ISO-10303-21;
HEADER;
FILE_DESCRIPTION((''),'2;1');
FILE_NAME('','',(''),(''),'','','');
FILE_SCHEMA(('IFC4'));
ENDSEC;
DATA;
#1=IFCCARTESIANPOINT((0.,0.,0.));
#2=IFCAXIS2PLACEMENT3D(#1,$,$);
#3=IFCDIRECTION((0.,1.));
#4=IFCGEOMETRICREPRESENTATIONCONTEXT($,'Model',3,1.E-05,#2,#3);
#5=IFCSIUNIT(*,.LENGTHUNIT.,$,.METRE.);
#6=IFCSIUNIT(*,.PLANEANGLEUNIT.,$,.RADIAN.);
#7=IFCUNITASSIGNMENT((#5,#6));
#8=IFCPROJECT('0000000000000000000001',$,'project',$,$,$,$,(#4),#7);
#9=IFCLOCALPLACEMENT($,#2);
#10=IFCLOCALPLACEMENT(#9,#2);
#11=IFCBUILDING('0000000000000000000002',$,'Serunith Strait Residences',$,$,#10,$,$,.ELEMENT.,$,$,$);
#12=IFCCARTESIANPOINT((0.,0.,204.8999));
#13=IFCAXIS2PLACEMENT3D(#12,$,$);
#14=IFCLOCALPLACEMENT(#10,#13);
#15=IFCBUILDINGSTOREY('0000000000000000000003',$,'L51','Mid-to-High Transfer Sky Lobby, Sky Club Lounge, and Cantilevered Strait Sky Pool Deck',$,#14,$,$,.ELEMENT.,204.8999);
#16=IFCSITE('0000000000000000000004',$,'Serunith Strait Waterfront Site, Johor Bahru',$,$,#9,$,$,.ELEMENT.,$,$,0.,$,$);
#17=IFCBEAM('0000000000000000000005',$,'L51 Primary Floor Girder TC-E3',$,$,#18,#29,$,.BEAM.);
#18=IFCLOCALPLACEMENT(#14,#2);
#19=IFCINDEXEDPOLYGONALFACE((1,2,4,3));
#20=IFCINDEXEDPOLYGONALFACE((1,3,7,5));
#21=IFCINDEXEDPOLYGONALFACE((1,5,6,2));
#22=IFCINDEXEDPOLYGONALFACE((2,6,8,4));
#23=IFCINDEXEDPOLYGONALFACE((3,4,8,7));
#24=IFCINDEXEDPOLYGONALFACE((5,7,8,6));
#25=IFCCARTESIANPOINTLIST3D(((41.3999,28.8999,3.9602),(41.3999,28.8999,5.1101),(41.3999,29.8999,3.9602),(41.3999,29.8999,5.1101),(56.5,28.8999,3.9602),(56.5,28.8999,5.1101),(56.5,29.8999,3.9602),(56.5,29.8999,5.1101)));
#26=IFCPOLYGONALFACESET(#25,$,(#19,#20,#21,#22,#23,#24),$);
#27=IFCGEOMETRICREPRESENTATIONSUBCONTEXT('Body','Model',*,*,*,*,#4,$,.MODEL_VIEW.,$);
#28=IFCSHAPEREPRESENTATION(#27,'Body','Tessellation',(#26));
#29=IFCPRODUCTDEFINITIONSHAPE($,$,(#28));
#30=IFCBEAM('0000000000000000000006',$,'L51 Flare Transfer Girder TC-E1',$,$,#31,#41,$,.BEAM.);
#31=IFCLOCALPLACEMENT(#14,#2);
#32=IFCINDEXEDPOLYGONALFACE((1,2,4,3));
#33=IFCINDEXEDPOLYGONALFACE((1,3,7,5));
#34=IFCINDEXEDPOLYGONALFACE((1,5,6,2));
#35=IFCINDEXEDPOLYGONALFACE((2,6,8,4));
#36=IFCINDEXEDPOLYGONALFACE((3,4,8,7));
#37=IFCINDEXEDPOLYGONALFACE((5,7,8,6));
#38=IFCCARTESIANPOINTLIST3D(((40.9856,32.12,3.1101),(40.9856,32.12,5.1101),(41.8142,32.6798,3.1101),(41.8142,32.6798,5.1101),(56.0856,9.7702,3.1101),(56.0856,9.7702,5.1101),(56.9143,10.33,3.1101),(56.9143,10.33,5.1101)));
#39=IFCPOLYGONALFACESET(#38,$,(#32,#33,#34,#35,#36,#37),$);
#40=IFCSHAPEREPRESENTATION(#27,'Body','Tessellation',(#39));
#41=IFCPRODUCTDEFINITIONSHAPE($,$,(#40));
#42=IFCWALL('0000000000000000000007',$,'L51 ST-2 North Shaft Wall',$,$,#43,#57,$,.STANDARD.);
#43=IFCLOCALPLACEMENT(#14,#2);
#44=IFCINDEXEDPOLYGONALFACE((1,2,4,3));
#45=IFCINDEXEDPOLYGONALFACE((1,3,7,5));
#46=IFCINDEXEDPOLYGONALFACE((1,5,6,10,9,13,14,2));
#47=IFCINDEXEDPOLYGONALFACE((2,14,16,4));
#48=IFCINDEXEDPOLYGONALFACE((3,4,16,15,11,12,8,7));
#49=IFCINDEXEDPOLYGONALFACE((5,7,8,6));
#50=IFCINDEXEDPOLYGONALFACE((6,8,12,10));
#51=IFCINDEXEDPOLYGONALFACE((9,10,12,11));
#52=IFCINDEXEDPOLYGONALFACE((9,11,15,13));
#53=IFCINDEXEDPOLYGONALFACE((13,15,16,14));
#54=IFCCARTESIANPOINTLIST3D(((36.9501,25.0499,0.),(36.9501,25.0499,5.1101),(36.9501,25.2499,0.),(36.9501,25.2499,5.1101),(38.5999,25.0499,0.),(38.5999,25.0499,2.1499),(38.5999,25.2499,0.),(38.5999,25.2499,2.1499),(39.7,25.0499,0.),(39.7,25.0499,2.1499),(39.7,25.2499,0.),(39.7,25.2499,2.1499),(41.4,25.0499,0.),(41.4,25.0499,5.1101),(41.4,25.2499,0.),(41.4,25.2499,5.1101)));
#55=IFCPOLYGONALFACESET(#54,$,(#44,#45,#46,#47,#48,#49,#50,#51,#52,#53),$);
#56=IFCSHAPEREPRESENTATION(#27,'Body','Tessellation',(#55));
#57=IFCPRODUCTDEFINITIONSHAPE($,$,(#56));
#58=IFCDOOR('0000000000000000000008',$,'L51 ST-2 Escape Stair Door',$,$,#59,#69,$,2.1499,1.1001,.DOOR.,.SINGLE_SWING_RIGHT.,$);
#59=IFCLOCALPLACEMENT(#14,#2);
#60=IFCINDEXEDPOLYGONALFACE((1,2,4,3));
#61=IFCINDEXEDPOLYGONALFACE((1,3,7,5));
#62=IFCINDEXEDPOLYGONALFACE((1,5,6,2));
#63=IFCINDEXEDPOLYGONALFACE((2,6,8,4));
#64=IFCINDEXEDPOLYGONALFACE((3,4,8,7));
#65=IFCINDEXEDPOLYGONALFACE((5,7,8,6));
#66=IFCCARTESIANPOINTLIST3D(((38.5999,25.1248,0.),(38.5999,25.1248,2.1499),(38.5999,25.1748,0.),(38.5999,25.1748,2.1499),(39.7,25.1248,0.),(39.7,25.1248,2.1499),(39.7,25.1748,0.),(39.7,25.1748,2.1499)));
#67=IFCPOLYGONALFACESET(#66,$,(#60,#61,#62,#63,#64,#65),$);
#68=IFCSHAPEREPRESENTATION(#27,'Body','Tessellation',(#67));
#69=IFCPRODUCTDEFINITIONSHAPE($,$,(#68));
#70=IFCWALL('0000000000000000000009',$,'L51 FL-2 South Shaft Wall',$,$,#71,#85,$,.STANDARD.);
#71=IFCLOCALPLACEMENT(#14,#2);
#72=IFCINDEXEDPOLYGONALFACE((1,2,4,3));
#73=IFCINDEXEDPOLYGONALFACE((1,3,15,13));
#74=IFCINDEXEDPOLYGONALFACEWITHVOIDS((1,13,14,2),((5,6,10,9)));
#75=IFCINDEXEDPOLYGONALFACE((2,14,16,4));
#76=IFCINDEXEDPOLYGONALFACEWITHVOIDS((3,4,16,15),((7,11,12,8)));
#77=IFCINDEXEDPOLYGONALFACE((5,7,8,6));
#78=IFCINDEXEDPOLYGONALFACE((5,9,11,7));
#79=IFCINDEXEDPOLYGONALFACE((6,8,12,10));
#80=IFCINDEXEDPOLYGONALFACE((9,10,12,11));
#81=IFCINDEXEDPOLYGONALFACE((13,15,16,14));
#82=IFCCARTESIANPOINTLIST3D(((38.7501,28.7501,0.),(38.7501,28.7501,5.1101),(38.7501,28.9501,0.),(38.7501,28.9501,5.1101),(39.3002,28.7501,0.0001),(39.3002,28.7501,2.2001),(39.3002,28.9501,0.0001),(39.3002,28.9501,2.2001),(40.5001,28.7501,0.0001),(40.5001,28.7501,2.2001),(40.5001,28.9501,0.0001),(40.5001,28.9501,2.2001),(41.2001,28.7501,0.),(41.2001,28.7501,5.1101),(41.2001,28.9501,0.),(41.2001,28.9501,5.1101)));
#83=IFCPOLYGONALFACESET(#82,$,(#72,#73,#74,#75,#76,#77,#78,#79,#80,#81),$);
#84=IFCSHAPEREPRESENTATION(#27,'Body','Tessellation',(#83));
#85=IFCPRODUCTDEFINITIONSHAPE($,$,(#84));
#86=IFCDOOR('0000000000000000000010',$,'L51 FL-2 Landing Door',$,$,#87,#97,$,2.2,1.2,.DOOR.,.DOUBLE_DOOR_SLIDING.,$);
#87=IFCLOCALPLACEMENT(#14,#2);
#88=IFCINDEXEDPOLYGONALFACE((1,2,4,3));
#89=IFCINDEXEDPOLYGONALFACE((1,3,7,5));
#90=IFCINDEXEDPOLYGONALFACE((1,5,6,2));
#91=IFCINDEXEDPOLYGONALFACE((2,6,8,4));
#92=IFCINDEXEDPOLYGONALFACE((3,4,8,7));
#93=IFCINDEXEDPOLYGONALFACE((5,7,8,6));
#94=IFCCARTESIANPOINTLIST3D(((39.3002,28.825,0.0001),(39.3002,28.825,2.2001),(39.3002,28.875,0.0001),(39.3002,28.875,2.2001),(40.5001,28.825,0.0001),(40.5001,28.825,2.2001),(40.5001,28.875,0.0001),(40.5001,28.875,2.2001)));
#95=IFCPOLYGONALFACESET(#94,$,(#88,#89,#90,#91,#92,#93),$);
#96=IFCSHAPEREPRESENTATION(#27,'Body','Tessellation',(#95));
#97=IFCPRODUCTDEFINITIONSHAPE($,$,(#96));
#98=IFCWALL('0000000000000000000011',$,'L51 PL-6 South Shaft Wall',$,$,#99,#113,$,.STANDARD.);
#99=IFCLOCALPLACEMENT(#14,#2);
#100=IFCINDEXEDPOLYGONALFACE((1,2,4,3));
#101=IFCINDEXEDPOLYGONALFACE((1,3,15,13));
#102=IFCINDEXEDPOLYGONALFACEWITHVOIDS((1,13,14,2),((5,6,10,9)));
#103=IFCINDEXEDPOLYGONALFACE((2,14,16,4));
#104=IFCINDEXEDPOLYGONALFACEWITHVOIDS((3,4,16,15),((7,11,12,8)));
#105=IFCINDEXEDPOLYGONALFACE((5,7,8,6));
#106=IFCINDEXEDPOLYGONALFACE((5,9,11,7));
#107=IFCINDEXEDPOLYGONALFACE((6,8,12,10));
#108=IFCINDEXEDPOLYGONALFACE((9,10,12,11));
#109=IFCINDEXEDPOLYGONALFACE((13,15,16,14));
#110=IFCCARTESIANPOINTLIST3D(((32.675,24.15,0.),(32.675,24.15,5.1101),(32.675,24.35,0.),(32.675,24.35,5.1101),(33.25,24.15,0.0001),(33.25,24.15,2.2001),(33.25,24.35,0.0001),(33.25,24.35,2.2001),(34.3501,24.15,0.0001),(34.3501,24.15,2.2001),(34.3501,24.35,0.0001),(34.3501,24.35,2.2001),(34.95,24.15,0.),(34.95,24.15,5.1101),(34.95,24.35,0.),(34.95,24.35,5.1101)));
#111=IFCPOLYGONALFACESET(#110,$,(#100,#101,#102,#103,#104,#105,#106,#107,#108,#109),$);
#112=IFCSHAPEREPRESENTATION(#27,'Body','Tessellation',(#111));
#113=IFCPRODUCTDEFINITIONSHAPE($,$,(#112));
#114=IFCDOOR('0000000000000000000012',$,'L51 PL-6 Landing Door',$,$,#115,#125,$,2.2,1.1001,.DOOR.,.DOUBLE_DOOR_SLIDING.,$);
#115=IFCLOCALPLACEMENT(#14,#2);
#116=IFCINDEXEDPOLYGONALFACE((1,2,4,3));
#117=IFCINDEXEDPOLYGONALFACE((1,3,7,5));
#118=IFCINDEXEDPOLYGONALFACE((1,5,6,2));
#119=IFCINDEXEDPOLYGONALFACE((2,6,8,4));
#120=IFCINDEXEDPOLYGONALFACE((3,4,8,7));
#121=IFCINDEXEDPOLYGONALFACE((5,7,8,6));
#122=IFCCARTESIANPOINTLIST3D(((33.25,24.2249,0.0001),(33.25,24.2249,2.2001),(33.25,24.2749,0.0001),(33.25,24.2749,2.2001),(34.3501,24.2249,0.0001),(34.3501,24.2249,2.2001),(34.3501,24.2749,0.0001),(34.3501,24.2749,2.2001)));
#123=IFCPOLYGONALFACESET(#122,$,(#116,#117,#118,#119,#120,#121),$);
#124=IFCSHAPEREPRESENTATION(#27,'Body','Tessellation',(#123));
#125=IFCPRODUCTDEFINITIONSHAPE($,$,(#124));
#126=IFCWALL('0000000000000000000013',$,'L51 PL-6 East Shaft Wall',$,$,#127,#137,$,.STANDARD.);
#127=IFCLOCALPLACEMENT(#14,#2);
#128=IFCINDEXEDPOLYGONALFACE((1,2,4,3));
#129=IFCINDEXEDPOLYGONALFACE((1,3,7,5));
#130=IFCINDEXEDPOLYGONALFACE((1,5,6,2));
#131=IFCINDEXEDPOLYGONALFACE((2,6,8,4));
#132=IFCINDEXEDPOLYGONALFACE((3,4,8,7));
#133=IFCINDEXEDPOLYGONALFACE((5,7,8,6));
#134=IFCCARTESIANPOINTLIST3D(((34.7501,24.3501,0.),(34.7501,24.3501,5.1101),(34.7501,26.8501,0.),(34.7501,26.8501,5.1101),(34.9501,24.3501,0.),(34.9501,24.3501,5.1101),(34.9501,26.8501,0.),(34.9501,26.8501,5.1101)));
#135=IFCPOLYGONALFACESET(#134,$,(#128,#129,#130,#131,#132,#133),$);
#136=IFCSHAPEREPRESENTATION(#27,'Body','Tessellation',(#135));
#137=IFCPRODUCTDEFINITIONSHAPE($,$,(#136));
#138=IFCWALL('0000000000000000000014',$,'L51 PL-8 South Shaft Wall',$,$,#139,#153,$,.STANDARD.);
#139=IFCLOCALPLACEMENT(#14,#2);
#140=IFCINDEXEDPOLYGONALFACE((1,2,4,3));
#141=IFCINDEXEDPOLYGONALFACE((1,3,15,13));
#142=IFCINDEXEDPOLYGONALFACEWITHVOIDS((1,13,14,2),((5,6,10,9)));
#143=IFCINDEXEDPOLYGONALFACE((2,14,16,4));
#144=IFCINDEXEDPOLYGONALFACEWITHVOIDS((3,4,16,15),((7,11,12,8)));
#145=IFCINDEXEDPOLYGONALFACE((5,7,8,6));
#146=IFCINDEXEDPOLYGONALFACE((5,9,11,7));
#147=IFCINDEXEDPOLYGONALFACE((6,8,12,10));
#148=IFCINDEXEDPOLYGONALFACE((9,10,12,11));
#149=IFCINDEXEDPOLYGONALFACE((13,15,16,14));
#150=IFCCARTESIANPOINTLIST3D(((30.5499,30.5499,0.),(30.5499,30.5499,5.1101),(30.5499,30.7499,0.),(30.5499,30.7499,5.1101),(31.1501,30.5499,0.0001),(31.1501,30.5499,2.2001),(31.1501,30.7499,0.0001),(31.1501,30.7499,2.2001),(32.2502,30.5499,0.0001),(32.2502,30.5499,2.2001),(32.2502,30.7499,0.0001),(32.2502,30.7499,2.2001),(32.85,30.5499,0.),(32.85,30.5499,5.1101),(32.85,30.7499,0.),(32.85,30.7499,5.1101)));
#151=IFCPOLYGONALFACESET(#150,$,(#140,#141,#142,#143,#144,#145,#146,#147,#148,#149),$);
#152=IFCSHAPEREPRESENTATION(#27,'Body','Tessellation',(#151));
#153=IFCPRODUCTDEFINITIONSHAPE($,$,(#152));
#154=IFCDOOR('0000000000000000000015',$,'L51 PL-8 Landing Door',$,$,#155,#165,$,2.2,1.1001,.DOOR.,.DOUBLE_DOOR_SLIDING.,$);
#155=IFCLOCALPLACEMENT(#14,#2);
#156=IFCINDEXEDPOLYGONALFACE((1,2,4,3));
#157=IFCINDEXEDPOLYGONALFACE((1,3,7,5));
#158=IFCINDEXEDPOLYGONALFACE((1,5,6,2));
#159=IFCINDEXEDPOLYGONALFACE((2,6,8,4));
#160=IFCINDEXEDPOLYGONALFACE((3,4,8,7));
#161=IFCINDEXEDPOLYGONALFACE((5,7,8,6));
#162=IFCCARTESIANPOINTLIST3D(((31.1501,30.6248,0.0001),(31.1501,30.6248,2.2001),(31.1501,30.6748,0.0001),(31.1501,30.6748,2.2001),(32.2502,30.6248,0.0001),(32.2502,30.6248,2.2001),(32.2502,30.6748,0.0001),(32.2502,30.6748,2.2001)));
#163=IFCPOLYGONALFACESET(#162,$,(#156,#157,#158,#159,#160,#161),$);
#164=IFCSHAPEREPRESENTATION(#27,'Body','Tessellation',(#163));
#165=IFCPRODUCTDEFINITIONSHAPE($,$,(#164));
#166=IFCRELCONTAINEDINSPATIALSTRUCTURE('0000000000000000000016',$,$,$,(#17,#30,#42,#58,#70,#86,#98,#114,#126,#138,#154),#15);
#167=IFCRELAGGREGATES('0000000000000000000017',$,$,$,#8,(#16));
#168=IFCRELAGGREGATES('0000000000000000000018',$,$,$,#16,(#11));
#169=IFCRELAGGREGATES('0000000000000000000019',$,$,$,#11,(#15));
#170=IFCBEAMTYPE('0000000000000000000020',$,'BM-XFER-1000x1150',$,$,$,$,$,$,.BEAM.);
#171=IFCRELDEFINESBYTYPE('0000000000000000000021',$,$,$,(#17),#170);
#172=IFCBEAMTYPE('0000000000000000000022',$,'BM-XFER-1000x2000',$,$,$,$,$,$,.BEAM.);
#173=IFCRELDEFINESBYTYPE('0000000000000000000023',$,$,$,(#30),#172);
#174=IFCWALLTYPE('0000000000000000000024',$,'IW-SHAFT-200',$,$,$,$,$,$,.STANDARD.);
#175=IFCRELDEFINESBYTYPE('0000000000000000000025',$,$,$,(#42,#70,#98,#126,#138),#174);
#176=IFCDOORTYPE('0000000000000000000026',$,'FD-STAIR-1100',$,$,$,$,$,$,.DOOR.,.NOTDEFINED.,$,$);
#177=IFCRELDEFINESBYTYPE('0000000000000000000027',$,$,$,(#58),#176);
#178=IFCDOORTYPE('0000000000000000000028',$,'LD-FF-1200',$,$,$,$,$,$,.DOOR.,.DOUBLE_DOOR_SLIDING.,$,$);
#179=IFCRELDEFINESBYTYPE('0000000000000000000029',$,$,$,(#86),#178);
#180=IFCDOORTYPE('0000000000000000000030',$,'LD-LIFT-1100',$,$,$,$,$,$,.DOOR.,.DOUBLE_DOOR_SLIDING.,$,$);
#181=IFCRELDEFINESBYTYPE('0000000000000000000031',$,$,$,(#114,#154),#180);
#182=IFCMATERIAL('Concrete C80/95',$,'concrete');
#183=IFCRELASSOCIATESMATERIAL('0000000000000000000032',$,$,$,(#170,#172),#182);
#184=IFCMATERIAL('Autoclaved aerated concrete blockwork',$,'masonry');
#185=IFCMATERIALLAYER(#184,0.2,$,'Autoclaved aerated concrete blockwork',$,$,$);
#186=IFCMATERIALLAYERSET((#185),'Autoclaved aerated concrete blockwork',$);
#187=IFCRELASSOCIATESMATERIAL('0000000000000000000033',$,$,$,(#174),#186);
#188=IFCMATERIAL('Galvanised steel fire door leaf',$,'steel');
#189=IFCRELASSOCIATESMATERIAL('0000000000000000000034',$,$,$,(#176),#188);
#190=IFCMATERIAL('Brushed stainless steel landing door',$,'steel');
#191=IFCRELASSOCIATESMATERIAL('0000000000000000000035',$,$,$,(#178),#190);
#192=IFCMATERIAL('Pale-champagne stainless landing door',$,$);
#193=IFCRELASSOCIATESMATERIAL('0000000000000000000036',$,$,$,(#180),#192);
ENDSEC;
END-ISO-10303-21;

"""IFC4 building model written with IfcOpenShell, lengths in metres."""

from ifc_helpers import new_model, si_unit, direction, frame, frame_2d, origin, origin_2d, place, context, subcontext, project, spatial, rectangle, extrude, source, transform, mapped, material, layer, layer_set, material_profile, profile_set, type_object, element, fill, save


model = new_model("IFC4")

# Units and contexts
model_context = context("Model", 3, precision=1e-05, world=origin(), true_north=direction((0.0, 1.0)))
body_context = subcontext(model_context, "Body", "Model", "MODEL_VIEW")
ifc_project = project(units=[si_unit("LENGTHUNIT", "METRE"), si_unit("PLANEANGLEUNIT", "RADIAN")], contexts=[model_context])

# Site, building, storey
site_placement = place(None, origin())
site = spatial("IfcSite", under=ifc_project, at=site_placement, Name="Serunith Strait Waterfront Site, Johor Bahru", CompositionType="ELEMENT", RefElevation=0.0)
building_placement = place(site_placement, origin())
building = spatial("IfcBuilding", under=site, at=building_placement, Name="Serunith Strait Residences", CompositionType="ELEMENT")
storey_placement = place(building_placement, frame((0.0, 0.0, 204.8999)))
storey = spatial("IfcBuildingStorey", under=building, at=storey_placement, Name="L51", Description="Mid-to-High Transfer Sky Lobby, Sky Club Lounge, and Cantilevered Strait Sky Pool Deck", CompositionType="ELEMENT", Elevation=204.8999)

# Beams
ifc_material_1 = material(Name="Concrete C80/95", Category="concrete")
ifc_material_profile_1 = material_profile(ifc_material_1, rectangle(XDim=1.0, YDim=1.1499, at=origin_2d()), Name="RC 1000x1150")
ifc_profile_set_1 = profile_set([ifc_material_profile_1], Name="Concrete C80/95")
beam_type_1 = type_object("IfcBeamType", Name="BM-XFER-1000x1150", PredefinedType="BEAM", material=ifc_profile_set_1)
shared_shape_1 = source(origin(), body_context, "Body", "SweptSolid", [
    extrude(rectangle(XDim=1.0, YDim=1.1499, at=origin_2d()), origin(), (0.0, 0.0, 1.0), 15.1001),
])
beam_1_placement = place(storey_placement, frame((41.3999, 29.3999, 4.5352), z_axis=(1.0, 0.0, 0.0), x_axis=(0.0, 1.0, 0.0)))
element("IfcBeam", 1, at=beam_1_placement, inside=storey, type_object=beam_type_1, Name="L51 Primary Floor Girder TC-E3", PredefinedType="BEAM", context=body_context, shape_type="MappedRepresentation", body=[
    mapped(shared_shape_1, transform((0.0, 0.0, 0.0), scale=1.0)),
])
ifc_material_profile_2 = material_profile(ifc_material_1, rectangle(XDim=1.0, YDim=2.0, at=origin_2d()), Name="RC 1000x2000")
ifc_profile_set_2 = profile_set([ifc_material_profile_2], Name="Concrete C80/95")
beam_type_2 = type_object("IfcBeamType", Name="BM-XFER-1000x2000", PredefinedType="BEAM", material=ifc_profile_set_2)
shared_shape_2 = source(origin(), body_context, "Body", "SweptSolid", [
    extrude(rectangle(XDim=1.0, YDim=2.0, at=origin_2d()), origin(), (0.0, 0.0, 1.0), 26.9727),
])
beam_2_placement = place(storey_placement, frame((41.3999, 32.3999, 4.1101), z_axis=(0.559828, -0.828609, 0.0), x_axis=(0.828609, 0.559828, 0.0)))
element("IfcBeam", 2, at=beam_2_placement, inside=storey, type_object=beam_type_2, Name="L51 Flare Transfer Girder TC-E1", PredefinedType="BEAM", context=body_context, shape_type="MappedRepresentation", body=[
    mapped(shared_shape_2, transform((0.0, 0.0, 0.0), scale=1.0)),
])

# Walls, openings, doors
ifc_material_2 = material(Name="Autoclaved aerated concrete blockwork", Category="masonry")
ifc_layer_1 = layer(ifc_material_2, 0.2, Name="Autoclaved aerated concrete blockwork")
ifc_layer_set_1 = layer_set([ifc_layer_1], Name="Autoclaved aerated concrete blockwork")
wall_type_1 = type_object("IfcWallType", Name="IW-SHAFT-200", PredefinedType="STANDARD", material=ifc_layer_set_1)
wall_1_placement = place(storey_placement, frame((36.95, 25.1499, 0.0), z_axis=(0.0, 0.0, 1.0), x_axis=(1.0, 0.0, 0.0)))
wall_1 = element("IfcWall", 3, at=wall_1_placement, inside=storey, type_object=wall_type_1, Name="L51 ST-2 North Shaft Wall", PredefinedType="STANDARD", context=body_context, shape_type="SweptSolid", body=[
    extrude(rectangle(XDim=4.45, YDim=0.2, at=frame_2d((2.2251, 0.0))), origin(), (0.0, 0.0, 1.0), 5.1101),
])
opening_1_placement = place(wall_1_placement, frame((1.6499, 0.0, 0.0)))
opening_1 = element("IfcOpeningElement", 4, at=opening_1_placement, cuts=wall_1, PredefinedType="OPENING", context=body_context, shape_type="SweptSolid", body=[
    extrude(rectangle(XDim=1.1001, YDim=2.1499, at=frame_2d((0.55, 1.075))), frame((0.0, 0.1099, 0.0), z_axis=(0.0, -1.0, 0.0), x_axis=(1.0, 0.0, 0.0)), (0.0, 0.0, 1.0), 0.22),
])
ifc_material_3 = material(Name="Galvanised steel fire door leaf", Category="steel")
door_type_1 = type_object("IfcDoorType", Name="FD-STAIR-1100", OperationType="NOTDEFINED", PredefinedType="DOOR", material=ifc_material_3)
shared_shape_3 = source(origin(), body_context, "Body", "SweptSolid", [
    extrude(rectangle(XDim=1.1001, YDim=2.1499, at=frame_2d((0.55, 1.075))), frame((0.0, 0.0249, 0.0), z_axis=(0.0, -1.0, 0.0), x_axis=(1.0, 0.0, 0.0)), (0.0, 0.0, 1.0), 0.05),
])
door_1_placement = place(opening_1_placement, origin())
door_1 = element("IfcDoor", 5, at=door_1_placement, inside=storey, type_object=door_type_1, Name="L51 ST-2 Escape Stair Door", OperationType="SINGLE_SWING_RIGHT", OverallHeight=2.1499, OverallWidth=1.1001, PredefinedType="DOOR", context=body_context, shape_type="MappedRepresentation", body=[
    mapped(shared_shape_3, transform((0.0, 0.0, 0.0), scale=1.0)),
])
fill(opening_1, door_1)
wall_2_placement = place(storey_placement, frame((38.75, 28.8501, 0.0), z_axis=(0.0, 0.0, 1.0), x_axis=(1.0, 0.0, 0.0)))
wall_2 = element("IfcWall", 6, at=wall_2_placement, inside=storey, type_object=wall_type_1, Name="L51 FL-2 South Shaft Wall", PredefinedType="STANDARD", context=body_context, shape_type="SweptSolid", body=[
    extrude(rectangle(XDim=2.45, YDim=0.2, at=frame_2d((1.2251, 0.0))), origin(), (0.0, 0.0, 1.0), 5.1101),
])
opening_2_placement = place(wall_2_placement, frame((0.55, 0.0, 0.0)))
opening_2 = element("IfcOpeningElement", 7, at=opening_2_placement, cuts=wall_2, PredefinedType="OPENING", context=body_context, shape_type="SweptSolid", body=[
    extrude(rectangle(XDim=1.2, YDim=2.2, at=frame_2d((0.6001, 1.1001))), frame((0.0, 0.1099, 0.0), z_axis=(0.0, -1.0, 0.0), x_axis=(1.0, 0.0, 0.0)), (0.0, 0.0, 1.0), 0.22),
])
ifc_material_4 = material(Name="Brushed stainless steel landing door", Category="steel")
door_type_2 = type_object("IfcDoorType", Name="LD-FF-1200", OperationType="DOUBLE_DOOR_SLIDING", PredefinedType="DOOR", material=ifc_material_4)
shared_shape_4 = source(origin(), body_context, "Body", "SweptSolid", [
    extrude(rectangle(XDim=1.2, YDim=2.2, at=frame_2d((0.6001, 1.1001))), frame((0.0, 0.0249, 0.0), z_axis=(0.0, -1.0, 0.0), x_axis=(1.0, 0.0, 0.0)), (0.0, 0.0, 1.0), 0.05),
])
door_2_placement = place(opening_2_placement, origin())
door_2 = element("IfcDoor", 8, at=door_2_placement, inside=storey, type_object=door_type_2, Name="L51 FL-2 Landing Door", OperationType="DOUBLE_DOOR_SLIDING", OverallHeight=2.2, OverallWidth=1.2, PredefinedType="DOOR", context=body_context, shape_type="MappedRepresentation", body=[
    mapped(shared_shape_4, transform((0.0, 0.0, 0.0), scale=1.0)),
])
fill(opening_2, door_2)
wall_3_placement = place(storey_placement, frame((32.675, 24.25, 0.0), z_axis=(0.0, 0.0, 1.0), x_axis=(1.0, 0.0, 0.0)))
wall_3 = element("IfcWall", 9, at=wall_3_placement, inside=storey, type_object=wall_type_1, Name="L51 PL-6 South Shaft Wall", PredefinedType="STANDARD", context=body_context, shape_type="SweptSolid", body=[
    extrude(rectangle(XDim=2.2749, YDim=0.2, at=frame_2d((1.1375, 0.0))), origin(), (0.0, 0.0, 1.0), 5.1101),
])
opening_3_placement = place(wall_3_placement, frame((0.575, 0.0, 0.0)))
opening_3 = element("IfcOpeningElement", 10, at=opening_3_placement, cuts=wall_3, PredefinedType="OPENING", context=body_context, shape_type="SweptSolid", body=[
    extrude(rectangle(XDim=1.1001, YDim=2.2, at=frame_2d((0.55, 1.1001))), frame((0.0, 0.1099, 0.0), z_axis=(0.0, -1.0, 0.0), x_axis=(1.0, 0.0, 0.0)), (0.0, 0.0, 1.0), 0.22),
])
ifc_material_5 = material(Name="Pale-champagne stainless landing door")
door_type_3 = type_object("IfcDoorType", Name="LD-LIFT-1100", OperationType="DOUBLE_DOOR_SLIDING", PredefinedType="DOOR", material=ifc_material_5)
shared_shape_5 = source(origin(), body_context, "Body", "SweptSolid", [
    extrude(rectangle(XDim=1.1001, YDim=2.2, at=frame_2d((0.55, 1.1001))), frame((0.0, 0.0249, 0.0), z_axis=(0.0, -1.0, 0.0), x_axis=(1.0, 0.0, 0.0)), (0.0, 0.0, 1.0), 0.05),
])
door_3_placement = place(opening_3_placement, origin())
door_3 = element("IfcDoor", 11, at=door_3_placement, inside=storey, type_object=door_type_3, Name="L51 PL-6 Landing Door", OperationType="DOUBLE_DOOR_SLIDING", OverallHeight=2.2, OverallWidth=1.1001, PredefinedType="DOOR", context=body_context, shape_type="MappedRepresentation", body=[
    mapped(shared_shape_5, transform((0.0, 0.0, 0.0), scale=1.0)),
])
fill(opening_3, door_3)

# Wall
wall_4_placement = place(storey_placement, frame((34.8501, 24.3501, 0.0), z_axis=(0.0, 0.0, 1.0), x_axis=(0.0, 1.0, 0.0)))
element("IfcWall", 12, at=wall_4_placement, inside=storey, type_object=wall_type_1, Name="L51 PL-6 East Shaft Wall", PredefinedType="STANDARD", context=body_context, shape_type="SweptSolid", body=[
    extrude(rectangle(XDim=2.5, YDim=0.2, at=frame_2d((1.25, 0.0))), origin(), (0.0, 0.0, 1.0), 5.1101),
])

# Wall, opening, door
wall_5_placement = place(storey_placement, frame((30.55, 30.6499, 0.0), z_axis=(0.0, 0.0, 1.0), x_axis=(1.0, 0.0, 0.0)))
wall_5 = element("IfcWall", 13, at=wall_5_placement, inside=storey, type_object=wall_type_1, Name="L51 PL-8 South Shaft Wall", PredefinedType="STANDARD", context=body_context, shape_type="SweptSolid", body=[
    extrude(rectangle(XDim=2.3, YDim=0.2, at=frame_2d((1.1499, 0.0))), origin(), (0.0, 0.0, 1.0), 5.1101),
])
opening_4_placement = place(wall_5_placement, frame((0.6001, 0.0, 0.0)))
opening_4 = element("IfcOpeningElement", 14, at=opening_4_placement, cuts=wall_5, PredefinedType="OPENING", context=body_context, shape_type="SweptSolid", body=[
    extrude(rectangle(XDim=1.1001, YDim=2.2, at=frame_2d((0.55, 1.1001))), frame((0.0, 0.1099, 0.0), z_axis=(0.0, -1.0, 0.0), x_axis=(1.0, 0.0, 0.0)), (0.0, 0.0, 1.0), 0.22),
])
door_4_placement = place(opening_4_placement, origin())
door_4 = element("IfcDoor", 15, at=door_4_placement, inside=storey, type_object=door_type_3, Name="L51 PL-8 Landing Door", OperationType="DOUBLE_DOOR_SLIDING", OverallHeight=2.2, OverallWidth=1.1001, PredefinedType="DOOR", context=body_context, shape_type="MappedRepresentation", body=[
    mapped(shared_shape_5, transform((0.0, 0.0, 0.0), scale=1.0)),
])
fill(opening_4, door_4)

save(model, "model.ifc")
